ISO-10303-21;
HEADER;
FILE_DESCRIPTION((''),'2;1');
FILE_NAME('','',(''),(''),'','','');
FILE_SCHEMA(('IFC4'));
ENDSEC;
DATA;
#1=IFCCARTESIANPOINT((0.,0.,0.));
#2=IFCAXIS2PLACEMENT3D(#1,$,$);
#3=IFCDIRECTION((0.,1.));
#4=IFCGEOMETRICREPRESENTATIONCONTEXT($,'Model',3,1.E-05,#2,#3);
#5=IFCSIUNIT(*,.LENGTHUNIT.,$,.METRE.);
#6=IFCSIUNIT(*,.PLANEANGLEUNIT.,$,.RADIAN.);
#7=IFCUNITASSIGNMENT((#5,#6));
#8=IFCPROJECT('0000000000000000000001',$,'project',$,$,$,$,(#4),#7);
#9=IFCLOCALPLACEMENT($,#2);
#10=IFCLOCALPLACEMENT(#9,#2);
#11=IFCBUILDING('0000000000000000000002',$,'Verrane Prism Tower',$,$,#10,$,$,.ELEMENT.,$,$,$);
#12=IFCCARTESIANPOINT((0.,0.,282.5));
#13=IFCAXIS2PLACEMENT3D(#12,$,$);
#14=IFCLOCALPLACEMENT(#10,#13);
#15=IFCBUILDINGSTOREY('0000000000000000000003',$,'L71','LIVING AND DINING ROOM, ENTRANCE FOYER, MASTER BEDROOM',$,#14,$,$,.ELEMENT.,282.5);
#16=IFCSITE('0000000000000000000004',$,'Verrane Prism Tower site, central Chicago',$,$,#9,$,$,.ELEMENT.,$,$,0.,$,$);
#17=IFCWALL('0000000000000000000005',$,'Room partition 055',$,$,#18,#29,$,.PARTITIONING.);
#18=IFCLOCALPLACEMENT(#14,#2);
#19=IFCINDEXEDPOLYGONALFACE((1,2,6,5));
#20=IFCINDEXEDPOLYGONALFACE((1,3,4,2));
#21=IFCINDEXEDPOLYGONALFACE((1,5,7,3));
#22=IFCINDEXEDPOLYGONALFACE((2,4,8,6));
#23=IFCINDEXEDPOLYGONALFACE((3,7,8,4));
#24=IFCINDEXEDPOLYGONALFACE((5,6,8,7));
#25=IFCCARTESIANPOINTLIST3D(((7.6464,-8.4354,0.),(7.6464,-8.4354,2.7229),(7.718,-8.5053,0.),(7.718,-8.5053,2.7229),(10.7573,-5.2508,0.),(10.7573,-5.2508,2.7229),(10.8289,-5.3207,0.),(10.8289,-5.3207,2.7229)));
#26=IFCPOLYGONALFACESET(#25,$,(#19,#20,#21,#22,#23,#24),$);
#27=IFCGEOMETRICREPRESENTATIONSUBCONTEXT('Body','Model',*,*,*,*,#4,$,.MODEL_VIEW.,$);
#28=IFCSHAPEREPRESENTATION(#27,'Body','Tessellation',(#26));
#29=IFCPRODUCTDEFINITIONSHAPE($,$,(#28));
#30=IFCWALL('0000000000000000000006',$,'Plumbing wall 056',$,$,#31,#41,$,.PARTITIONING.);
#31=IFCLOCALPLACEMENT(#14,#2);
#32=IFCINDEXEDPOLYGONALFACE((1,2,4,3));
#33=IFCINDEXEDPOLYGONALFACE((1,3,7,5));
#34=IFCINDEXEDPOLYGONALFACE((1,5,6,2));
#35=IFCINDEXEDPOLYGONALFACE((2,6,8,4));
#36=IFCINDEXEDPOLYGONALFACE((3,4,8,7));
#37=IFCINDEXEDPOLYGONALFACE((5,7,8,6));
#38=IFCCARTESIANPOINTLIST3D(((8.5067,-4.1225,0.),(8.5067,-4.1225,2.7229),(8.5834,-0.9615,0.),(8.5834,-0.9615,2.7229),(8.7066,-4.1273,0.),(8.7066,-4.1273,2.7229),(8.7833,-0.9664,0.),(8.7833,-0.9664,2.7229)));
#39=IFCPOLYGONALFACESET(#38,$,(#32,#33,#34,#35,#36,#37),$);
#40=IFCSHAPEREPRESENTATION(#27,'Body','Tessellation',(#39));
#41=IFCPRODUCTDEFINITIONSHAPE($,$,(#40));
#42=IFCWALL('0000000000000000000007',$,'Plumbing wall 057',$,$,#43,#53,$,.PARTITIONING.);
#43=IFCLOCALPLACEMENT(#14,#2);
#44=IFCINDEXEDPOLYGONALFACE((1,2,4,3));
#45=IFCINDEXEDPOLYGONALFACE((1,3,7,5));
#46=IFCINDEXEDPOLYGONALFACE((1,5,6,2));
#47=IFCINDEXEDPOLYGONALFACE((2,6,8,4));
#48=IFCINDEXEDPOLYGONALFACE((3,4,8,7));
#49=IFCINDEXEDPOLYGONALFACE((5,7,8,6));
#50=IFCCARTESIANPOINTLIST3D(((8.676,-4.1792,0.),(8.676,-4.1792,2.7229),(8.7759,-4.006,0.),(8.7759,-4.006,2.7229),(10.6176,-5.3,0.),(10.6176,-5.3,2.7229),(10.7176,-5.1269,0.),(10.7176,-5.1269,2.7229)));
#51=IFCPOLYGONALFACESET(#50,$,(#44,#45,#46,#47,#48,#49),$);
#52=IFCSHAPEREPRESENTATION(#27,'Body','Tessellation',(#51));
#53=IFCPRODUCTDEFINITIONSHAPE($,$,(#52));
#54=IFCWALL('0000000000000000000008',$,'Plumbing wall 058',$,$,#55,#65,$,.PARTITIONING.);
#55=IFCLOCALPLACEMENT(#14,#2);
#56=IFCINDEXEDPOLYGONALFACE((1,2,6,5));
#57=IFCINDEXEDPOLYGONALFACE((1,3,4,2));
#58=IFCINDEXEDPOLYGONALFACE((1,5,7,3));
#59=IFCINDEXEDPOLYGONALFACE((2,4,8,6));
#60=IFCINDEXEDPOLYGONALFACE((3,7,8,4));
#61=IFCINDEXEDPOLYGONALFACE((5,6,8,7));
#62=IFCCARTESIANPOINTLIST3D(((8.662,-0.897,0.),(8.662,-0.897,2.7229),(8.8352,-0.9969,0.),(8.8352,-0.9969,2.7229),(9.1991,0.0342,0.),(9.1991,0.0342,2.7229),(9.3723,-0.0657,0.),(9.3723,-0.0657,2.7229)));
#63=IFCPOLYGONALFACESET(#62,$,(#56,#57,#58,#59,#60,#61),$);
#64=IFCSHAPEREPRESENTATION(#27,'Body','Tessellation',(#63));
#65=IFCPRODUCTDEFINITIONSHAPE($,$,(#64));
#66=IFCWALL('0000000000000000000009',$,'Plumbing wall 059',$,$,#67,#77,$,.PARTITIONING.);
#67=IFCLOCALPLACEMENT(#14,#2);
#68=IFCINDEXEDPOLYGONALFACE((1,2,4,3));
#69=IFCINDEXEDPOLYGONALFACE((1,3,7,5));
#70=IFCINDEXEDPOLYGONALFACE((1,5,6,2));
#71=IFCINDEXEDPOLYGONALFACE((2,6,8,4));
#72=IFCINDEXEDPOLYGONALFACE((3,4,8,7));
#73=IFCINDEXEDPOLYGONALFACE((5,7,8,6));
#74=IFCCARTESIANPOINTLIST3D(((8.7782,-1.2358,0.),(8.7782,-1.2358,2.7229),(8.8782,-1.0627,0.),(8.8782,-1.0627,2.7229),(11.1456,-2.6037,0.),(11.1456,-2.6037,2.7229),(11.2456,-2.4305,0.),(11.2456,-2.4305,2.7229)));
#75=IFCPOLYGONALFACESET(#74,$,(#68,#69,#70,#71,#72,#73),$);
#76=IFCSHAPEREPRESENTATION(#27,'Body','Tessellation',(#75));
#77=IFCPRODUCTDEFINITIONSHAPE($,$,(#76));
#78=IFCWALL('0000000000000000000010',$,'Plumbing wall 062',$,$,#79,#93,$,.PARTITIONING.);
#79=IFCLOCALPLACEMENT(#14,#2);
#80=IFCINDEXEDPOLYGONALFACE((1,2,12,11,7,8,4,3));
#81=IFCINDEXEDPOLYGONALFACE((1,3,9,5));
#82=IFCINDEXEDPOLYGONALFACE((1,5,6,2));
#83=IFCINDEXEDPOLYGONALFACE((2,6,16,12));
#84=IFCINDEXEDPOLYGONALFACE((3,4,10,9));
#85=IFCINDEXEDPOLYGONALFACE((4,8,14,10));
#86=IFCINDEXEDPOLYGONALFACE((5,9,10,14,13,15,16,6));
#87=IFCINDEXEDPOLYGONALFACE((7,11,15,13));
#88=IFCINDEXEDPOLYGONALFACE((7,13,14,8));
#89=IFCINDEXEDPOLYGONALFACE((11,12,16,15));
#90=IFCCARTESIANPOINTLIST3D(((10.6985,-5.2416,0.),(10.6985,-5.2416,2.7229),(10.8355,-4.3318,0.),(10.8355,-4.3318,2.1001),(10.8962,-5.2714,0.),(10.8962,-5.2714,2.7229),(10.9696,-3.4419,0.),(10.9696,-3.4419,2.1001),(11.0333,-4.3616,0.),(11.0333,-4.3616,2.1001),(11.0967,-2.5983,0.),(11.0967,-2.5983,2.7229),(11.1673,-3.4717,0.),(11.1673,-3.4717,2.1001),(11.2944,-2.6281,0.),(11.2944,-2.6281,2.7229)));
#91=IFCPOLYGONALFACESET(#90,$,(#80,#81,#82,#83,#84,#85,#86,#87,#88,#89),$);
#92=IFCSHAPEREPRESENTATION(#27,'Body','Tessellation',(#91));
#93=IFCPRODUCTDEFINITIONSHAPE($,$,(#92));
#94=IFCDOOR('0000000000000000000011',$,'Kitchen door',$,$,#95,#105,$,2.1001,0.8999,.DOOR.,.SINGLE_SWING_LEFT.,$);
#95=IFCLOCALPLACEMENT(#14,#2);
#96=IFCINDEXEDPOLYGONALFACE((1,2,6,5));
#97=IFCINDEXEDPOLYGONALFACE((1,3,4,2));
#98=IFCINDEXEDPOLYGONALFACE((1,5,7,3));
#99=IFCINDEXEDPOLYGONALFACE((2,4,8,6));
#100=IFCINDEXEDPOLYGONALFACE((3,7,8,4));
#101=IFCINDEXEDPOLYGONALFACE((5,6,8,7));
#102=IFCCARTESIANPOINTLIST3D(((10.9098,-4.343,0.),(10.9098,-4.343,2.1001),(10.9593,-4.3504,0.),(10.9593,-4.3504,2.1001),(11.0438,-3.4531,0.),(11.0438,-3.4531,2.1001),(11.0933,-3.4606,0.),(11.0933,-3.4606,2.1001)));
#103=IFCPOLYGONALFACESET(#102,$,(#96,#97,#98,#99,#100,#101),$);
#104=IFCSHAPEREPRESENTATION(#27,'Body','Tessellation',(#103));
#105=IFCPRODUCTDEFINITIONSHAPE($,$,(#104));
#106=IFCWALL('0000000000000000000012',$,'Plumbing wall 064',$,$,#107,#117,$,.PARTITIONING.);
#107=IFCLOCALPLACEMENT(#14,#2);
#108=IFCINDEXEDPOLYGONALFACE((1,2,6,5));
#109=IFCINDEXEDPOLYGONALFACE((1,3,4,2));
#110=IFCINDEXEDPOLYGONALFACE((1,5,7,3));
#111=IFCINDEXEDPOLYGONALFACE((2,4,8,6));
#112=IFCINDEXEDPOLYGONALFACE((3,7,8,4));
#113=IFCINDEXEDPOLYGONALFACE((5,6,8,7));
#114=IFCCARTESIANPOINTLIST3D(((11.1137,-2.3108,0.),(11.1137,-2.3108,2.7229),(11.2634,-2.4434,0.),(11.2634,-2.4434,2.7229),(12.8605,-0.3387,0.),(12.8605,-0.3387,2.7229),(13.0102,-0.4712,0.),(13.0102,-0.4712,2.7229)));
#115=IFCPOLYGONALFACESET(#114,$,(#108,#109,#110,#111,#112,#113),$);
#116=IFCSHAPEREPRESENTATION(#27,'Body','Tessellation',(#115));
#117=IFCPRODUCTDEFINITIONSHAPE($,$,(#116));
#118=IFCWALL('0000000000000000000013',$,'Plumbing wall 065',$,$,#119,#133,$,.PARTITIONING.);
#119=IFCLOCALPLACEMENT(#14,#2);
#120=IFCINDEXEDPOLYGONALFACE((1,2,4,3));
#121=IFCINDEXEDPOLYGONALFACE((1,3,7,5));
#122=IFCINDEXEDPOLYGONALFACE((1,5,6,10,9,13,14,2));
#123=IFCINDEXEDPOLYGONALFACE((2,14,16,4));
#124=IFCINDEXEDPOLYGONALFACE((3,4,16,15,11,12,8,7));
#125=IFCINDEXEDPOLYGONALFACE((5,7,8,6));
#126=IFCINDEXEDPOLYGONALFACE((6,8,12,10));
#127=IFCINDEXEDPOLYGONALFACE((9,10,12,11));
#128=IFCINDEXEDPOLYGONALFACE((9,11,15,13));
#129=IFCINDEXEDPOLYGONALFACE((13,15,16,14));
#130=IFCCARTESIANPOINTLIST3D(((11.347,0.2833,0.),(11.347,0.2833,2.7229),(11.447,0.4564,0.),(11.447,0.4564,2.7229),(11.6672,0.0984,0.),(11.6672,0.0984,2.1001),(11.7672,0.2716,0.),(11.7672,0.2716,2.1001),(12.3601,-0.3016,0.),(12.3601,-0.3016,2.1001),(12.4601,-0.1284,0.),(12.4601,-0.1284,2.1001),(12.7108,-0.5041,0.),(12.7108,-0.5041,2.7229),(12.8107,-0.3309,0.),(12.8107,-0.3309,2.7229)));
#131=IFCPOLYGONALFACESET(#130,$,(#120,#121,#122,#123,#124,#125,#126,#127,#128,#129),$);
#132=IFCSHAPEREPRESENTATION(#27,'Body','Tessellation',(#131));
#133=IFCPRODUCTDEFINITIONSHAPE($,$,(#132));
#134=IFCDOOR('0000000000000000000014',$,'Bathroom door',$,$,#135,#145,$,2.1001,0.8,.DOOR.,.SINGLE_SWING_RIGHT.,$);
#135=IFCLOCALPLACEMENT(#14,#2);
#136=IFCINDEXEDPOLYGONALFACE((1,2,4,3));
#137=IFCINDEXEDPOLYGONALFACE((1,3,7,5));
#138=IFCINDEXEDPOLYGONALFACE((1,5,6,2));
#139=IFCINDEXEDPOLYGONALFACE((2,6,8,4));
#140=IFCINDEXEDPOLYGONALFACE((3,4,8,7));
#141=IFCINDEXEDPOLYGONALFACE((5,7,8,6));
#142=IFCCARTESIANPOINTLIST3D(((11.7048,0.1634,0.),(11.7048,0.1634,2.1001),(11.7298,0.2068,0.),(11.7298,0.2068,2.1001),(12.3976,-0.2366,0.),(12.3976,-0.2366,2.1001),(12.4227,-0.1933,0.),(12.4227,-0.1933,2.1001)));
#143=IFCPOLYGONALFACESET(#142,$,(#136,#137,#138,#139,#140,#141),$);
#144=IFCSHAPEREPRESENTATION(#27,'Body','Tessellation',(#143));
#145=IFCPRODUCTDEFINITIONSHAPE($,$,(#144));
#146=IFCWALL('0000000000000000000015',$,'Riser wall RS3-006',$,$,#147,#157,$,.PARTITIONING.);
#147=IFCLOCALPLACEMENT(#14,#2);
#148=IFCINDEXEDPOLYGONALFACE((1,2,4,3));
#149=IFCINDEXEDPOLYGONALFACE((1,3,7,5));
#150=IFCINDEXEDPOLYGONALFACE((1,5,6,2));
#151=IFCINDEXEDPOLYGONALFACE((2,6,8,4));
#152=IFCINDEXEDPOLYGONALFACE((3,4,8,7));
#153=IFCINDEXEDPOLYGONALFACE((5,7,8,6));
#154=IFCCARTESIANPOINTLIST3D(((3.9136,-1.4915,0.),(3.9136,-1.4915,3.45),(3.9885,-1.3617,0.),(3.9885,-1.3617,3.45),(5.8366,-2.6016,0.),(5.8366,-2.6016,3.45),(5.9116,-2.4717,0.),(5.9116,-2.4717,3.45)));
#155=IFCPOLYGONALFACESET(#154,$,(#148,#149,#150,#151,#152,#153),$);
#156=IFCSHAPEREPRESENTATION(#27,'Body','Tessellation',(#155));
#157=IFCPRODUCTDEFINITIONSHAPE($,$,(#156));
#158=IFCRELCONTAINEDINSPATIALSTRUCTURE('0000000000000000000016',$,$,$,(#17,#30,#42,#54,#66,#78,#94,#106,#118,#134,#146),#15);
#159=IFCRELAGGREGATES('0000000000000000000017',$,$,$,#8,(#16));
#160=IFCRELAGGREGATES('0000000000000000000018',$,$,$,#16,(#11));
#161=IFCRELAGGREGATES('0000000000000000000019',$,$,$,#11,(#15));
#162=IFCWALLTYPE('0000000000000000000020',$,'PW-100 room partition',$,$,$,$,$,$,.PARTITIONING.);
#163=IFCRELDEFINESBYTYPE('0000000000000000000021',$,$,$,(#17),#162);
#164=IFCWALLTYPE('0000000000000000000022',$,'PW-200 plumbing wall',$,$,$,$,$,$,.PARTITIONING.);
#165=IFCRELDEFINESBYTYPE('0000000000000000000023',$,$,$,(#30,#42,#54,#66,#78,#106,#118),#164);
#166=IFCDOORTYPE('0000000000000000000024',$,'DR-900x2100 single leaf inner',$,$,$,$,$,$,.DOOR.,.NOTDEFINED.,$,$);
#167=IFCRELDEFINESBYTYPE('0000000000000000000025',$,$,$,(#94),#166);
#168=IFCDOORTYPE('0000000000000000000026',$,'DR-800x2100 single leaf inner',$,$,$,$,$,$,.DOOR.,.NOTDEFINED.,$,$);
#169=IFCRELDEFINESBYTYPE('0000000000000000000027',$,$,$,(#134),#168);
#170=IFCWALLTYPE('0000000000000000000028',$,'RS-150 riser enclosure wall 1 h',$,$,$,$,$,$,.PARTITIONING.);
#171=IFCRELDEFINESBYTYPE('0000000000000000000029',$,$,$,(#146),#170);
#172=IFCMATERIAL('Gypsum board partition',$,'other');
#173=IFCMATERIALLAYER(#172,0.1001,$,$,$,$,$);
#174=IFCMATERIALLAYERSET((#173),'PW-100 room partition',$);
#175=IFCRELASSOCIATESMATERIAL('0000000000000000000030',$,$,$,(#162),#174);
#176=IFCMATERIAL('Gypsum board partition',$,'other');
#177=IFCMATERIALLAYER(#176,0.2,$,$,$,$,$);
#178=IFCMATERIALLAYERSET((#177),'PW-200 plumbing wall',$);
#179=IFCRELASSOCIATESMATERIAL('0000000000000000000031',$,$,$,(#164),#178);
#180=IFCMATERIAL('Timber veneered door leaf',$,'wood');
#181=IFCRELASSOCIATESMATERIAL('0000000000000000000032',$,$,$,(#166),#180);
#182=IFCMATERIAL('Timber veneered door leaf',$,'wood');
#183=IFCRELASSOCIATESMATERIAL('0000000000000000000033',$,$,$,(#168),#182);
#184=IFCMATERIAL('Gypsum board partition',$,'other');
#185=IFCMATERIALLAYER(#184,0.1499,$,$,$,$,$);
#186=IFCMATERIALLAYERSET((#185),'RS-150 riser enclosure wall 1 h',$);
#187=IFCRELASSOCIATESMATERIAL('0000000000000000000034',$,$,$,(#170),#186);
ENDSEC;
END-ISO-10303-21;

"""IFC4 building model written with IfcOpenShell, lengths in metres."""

from ifc_helpers import new_model, si_unit, direction, frame, frame_2d, origin, place, context, subcontext, project, spatial, rectangle, extrude, material, layer, layer_set, type_object, element, fill, save


model = new_model("IFC4")

# Units and contexts
model_context = context("Model", 3, precision=1e-05, world=origin(), true_north=direction((0.0, 1.0)))
body_context = subcontext(model_context, "Body", "Model", "MODEL_VIEW")
ifc_project = project(units=[si_unit("LENGTHUNIT", "METRE"), si_unit("PLANEANGLEUNIT", "RADIAN")], contexts=[model_context])

# Site, building, storey
site_placement = place(None, origin())
site = spatial("IfcSite", under=ifc_project, at=site_placement, Name="Verrane Prism Tower site, central Chicago", CompositionType="ELEMENT", RefElevation=0.0)
building_placement = place(site_placement, origin())
building = spatial("IfcBuilding", under=site, at=building_placement, Name="Verrane Prism Tower", CompositionType="ELEMENT")
storey_placement = place(building_placement, frame((0.0, 0.0, 282.5)))
storey = spatial("IfcBuildingStorey", under=building, at=storey_placement, Name="L71", Description="LIVING AND DINING ROOM, ENTRANCE FOYER, MASTER BEDROOM", CompositionType="ELEMENT", Elevation=282.5)

# Walls
ifc_material_1 = material(Name="Gypsum board partition", Category="other")
ifc_layer_1 = layer(ifc_material_1, 0.1001)
ifc_layer_set_1 = layer_set([ifc_layer_1], Name="PW-100 room partition")
wall_type_1 = type_object("IfcWallType", Name="PW-100 room partition", PredefinedType="PARTITIONING", material=ifc_layer_set_1)
wall_1_placement = place(storey_placement, frame((7.6821, -8.4705, 0.0), z_axis=(0.0, 0.0, 1.0), x_axis=(0.698777, 0.715339, 0.0)))
element("IfcWall", 1, at=wall_1_placement, inside=storey, type_object=wall_type_1, Name="Room partition 055", PredefinedType="PARTITIONING", context=body_context, shape_type="SweptSolid", body=[
    extrude(rectangle(XDim=4.4519, YDim=0.1001, at=frame_2d((2.2261, 0.0))), origin(), (0.0, 0.0, 1.0), 2.7229),
])
ifc_material_2 = material(Name="Gypsum board partition", Category="other")
ifc_layer_2 = layer(ifc_material_2, 0.2)
ifc_layer_set_2 = layer_set([ifc_layer_2], Name="PW-200 plumbing wall")
wall_type_2 = type_object("IfcWallType", Name="PW-200 plumbing wall", PredefinedType="PARTITIONING", material=ifc_layer_set_2)
wall_2_placement = place(storey_placement, frame((8.6067, -4.125, 0.0), z_axis=(0.0, 0.0, 1.0), x_axis=(0.024246, 0.999706, 0.0)))
element("IfcWall", 2, at=wall_2_placement, inside=storey, type_object=wall_type_2, Name="Plumbing wall 056", PredefinedType="PARTITIONING", context=body_context, shape_type="SweptSolid", body=[
    extrude(rectangle(XDim=3.1619, YDim=0.2, at=frame_2d((1.5811, 0.0))), origin(), (0.0, 0.0, 1.0), 2.7229),
])
wall_3_placement = place(storey_placement, frame((8.7258, -4.0925, 0.0), z_axis=(0.0, 0.0, 1.0), x_axis=(0.866057, -0.499946, 0.0)))
element("IfcWall", 3, at=wall_3_placement, inside=storey, type_object=wall_type_2, Name="Plumbing wall 057", PredefinedType="PARTITIONING", context=body_context, shape_type="SweptSolid", body=[
    extrude(rectangle(XDim=2.2419, YDim=0.2, at=frame_2d((1.1211, 0.0))), origin(), (0.0, 0.0, 1.0), 2.7229),
])
wall_4_placement = place(storey_placement, frame((8.7485, -0.947, 0.0), z_axis=(0.0, 0.0, 1.0), x_axis=(0.499657, 0.866223, 0.0)))
element("IfcWall", 4, at=wall_4_placement, inside=storey, type_object=wall_type_2, Name="Plumbing wall 058", PredefinedType="PARTITIONING", context=body_context, shape_type="SweptSolid", body=[
    extrude(rectangle(XDim=1.075, YDim=0.2, at=frame_2d((0.5376, 0.0))), origin(), (0.0, 0.0, 1.0), 2.7229),
])
wall_5_placement = place(storey_placement, frame((8.8281, -1.1492, 0.0), z_axis=(0.0, 0.0, 1.0), x_axis=(0.865854, -0.500297, 0.0)))
element("IfcWall", 5, at=wall_5_placement, inside=storey, type_object=wall_type_2, Name="Plumbing wall 059", PredefinedType="PARTITIONING", context=body_context, shape_type="SweptSolid", body=[
    extrude(rectangle(XDim=2.7341, YDim=0.2, at=frame_2d((1.3672, 0.0))), origin(), (0.0, 0.0, 1.0), 2.7229),
])

# Wall, opening, door
wall_6_placement = place(storey_placement, frame((10.7974, -5.2563, 0.0), z_axis=(0.0, 0.0, 1.0), x_axis=(0.148961, 0.988843, 0.0)))
wall_6 = element("IfcWall", 6, at=wall_6_placement, inside=storey, type_object=wall_type_2, Name="Plumbing wall 062", PredefinedType="PARTITIONING", context=body_context, shape_type="SweptSolid", body=[
    extrude(rectangle(XDim=2.6731, YDim=0.2, at=frame_2d((1.3364, 0.0))), origin(), (0.0, 0.0, 1.0), 2.7229),
])
opening_1_placement = place(wall_6_placement, frame((0.9199, 0.0, 0.0)))
opening_1 = element("IfcOpeningElement", 7, at=opening_1_placement, cuts=wall_6, PredefinedType="OPENING", context=body_context, shape_type="SweptSolid", body=[
    extrude(rectangle(XDim=0.8999, YDim=2.1001, at=frame_2d((0.45, 1.05))), frame((0.0, 0.1099, 0.0), z_axis=(0.0, -1.0, 0.0), x_axis=(1.0, 0.0, 0.0)), (0.0, 0.0, 1.0), 0.22),
])
ifc_material_3 = material(Name="Timber veneered door leaf", Category="wood")
door_type_1 = type_object("IfcDoorType", Name="DR-900x2100 single leaf inner", OperationType="NOTDEFINED", PredefinedType="DOOR", material=ifc_material_3)
door_1_placement = place(opening_1_placement, origin())
door_1 = element("IfcDoor", 8, at=door_1_placement, inside=storey, type_object=door_type_1, Name="Kitchen door", OperationType="SINGLE_SWING_LEFT", OverallHeight=2.1001, OverallWidth=0.8999, PredefinedType="DOOR", context=body_context, shape_type="SweptSolid", body=[
    extrude(rectangle(XDim=0.8999, YDim=2.1001, at=frame_2d((0.45, 1.05))), frame((0.0, 0.0249, 0.0), z_axis=(0.0, -1.0, 0.0), x_axis=(1.0, 0.0, 0.0)), (0.0, 0.0, 1.0), 0.05),
])
fill(opening_1, door_1)

# Wall
wall_7_placement = place(storey_placement, frame((11.1885, -2.3772, 0.0), z_axis=(0.0, 0.0, 1.0), x_axis=(0.663046, 0.748579, 0.0)))
element("IfcWall", 9, at=wall_7_placement, inside=storey, type_object=wall_type_2, Name="Plumbing wall 064", PredefinedType="PARTITIONING", context=body_context, shape_type="SweptSolid", body=[
    extrude(rectangle(XDim=2.6345, YDim=0.2, at=frame_2d((1.3174, 0.0))), origin(), (0.0, 0.0, 1.0), 2.7229),
])

# Wall, opening, door
wall_8_placement = place(storey_placement, frame((12.7607, -0.4175, 0.0), z_axis=(0.0, 0.0, 1.0), x_axis=(-0.866031, 0.499991, 0.0)))
wall_8 = element("IfcWall", 10, at=wall_8_placement, inside=storey, type_object=wall_type_2, Name="Plumbing wall 065", PredefinedType="PARTITIONING", context=body_context, shape_type="SweptSolid", body=[
    extrude(rectangle(XDim=1.5747, YDim=0.2, at=frame_2d((0.7874, 0.0))), origin(), (0.0, 0.0, 1.0), 2.7229),
])
opening_2_placement = place(wall_8_placement, frame((0.405, 0.0, 0.0)))
opening_2 = element("IfcOpeningElement", 11, at=opening_2_placement, cuts=wall_8, PredefinedType="OPENING", context=body_context, shape_type="SweptSolid", body=[
    extrude(rectangle(XDim=0.8, YDim=2.1001, at=frame_2d((0.3999, 1.05))), frame((0.0, 0.1099, 0.0), z_axis=(0.0, -1.0, 0.0), x_axis=(1.0, 0.0, 0.0)), (0.0, 0.0, 1.0), 0.22),
])
ifc_material_4 = material(Name="Timber veneered door leaf", Category="wood")
door_type_2 = type_object("IfcDoorType", Name="DR-800x2100 single leaf inner", OperationType="NOTDEFINED", PredefinedType="DOOR", material=ifc_material_4)
door_2_placement = place(opening_2_placement, origin())
door_2 = element("IfcDoor", 12, at=door_2_placement, inside=storey, type_object=door_type_2, Name="Bathroom door", OperationType="SINGLE_SWING_RIGHT", OverallHeight=2.1001, OverallWidth=0.8, PredefinedType="DOOR", context=body_context, shape_type="SweptSolid", body=[
    extrude(rectangle(XDim=0.8, YDim=2.1001, at=frame_2d((0.3999, 1.05))), frame((0.0, 0.0249, 0.0), z_axis=(0.0, -1.0, 0.0), x_axis=(1.0, 0.0, 0.0)), (0.0, 0.0, 1.0), 0.05),
])
fill(opening_2, door_2)

# Wall
ifc_material_5 = material(Name="Gypsum board partition", Category="other")
ifc_layer_3 = layer(ifc_material_5, 0.1499)
ifc_layer_set_3 = layer_set([ifc_layer_3], Name="RS-150 riser enclosure wall 1 h")
wall_type_3 = type_object("IfcWallType", Name="RS-150 riser enclosure wall 1 h", PredefinedType="PARTITIONING", material=ifc_layer_set_3)
wall_9_placement = place(storey_placement, frame((3.9509, -1.4265, 0.0), z_axis=(0.0, 0.0, 1.0), x_axis=(0.866063, -0.499935, 0.0)))
element("IfcWall", 13, at=wall_9_placement, inside=storey, type_object=wall_type_3, Name="Riser wall RS3-006", PredefinedType="PARTITIONING", context=body_context, shape_type="SweptSolid", body=[
    extrude(rectangle(XDim=2.2205, YDim=0.1499, at=frame_2d((1.1104, 0.0))), origin(), (0.0, 0.0, 1.0), 3.45),
])

save(model, "model.ifc")
